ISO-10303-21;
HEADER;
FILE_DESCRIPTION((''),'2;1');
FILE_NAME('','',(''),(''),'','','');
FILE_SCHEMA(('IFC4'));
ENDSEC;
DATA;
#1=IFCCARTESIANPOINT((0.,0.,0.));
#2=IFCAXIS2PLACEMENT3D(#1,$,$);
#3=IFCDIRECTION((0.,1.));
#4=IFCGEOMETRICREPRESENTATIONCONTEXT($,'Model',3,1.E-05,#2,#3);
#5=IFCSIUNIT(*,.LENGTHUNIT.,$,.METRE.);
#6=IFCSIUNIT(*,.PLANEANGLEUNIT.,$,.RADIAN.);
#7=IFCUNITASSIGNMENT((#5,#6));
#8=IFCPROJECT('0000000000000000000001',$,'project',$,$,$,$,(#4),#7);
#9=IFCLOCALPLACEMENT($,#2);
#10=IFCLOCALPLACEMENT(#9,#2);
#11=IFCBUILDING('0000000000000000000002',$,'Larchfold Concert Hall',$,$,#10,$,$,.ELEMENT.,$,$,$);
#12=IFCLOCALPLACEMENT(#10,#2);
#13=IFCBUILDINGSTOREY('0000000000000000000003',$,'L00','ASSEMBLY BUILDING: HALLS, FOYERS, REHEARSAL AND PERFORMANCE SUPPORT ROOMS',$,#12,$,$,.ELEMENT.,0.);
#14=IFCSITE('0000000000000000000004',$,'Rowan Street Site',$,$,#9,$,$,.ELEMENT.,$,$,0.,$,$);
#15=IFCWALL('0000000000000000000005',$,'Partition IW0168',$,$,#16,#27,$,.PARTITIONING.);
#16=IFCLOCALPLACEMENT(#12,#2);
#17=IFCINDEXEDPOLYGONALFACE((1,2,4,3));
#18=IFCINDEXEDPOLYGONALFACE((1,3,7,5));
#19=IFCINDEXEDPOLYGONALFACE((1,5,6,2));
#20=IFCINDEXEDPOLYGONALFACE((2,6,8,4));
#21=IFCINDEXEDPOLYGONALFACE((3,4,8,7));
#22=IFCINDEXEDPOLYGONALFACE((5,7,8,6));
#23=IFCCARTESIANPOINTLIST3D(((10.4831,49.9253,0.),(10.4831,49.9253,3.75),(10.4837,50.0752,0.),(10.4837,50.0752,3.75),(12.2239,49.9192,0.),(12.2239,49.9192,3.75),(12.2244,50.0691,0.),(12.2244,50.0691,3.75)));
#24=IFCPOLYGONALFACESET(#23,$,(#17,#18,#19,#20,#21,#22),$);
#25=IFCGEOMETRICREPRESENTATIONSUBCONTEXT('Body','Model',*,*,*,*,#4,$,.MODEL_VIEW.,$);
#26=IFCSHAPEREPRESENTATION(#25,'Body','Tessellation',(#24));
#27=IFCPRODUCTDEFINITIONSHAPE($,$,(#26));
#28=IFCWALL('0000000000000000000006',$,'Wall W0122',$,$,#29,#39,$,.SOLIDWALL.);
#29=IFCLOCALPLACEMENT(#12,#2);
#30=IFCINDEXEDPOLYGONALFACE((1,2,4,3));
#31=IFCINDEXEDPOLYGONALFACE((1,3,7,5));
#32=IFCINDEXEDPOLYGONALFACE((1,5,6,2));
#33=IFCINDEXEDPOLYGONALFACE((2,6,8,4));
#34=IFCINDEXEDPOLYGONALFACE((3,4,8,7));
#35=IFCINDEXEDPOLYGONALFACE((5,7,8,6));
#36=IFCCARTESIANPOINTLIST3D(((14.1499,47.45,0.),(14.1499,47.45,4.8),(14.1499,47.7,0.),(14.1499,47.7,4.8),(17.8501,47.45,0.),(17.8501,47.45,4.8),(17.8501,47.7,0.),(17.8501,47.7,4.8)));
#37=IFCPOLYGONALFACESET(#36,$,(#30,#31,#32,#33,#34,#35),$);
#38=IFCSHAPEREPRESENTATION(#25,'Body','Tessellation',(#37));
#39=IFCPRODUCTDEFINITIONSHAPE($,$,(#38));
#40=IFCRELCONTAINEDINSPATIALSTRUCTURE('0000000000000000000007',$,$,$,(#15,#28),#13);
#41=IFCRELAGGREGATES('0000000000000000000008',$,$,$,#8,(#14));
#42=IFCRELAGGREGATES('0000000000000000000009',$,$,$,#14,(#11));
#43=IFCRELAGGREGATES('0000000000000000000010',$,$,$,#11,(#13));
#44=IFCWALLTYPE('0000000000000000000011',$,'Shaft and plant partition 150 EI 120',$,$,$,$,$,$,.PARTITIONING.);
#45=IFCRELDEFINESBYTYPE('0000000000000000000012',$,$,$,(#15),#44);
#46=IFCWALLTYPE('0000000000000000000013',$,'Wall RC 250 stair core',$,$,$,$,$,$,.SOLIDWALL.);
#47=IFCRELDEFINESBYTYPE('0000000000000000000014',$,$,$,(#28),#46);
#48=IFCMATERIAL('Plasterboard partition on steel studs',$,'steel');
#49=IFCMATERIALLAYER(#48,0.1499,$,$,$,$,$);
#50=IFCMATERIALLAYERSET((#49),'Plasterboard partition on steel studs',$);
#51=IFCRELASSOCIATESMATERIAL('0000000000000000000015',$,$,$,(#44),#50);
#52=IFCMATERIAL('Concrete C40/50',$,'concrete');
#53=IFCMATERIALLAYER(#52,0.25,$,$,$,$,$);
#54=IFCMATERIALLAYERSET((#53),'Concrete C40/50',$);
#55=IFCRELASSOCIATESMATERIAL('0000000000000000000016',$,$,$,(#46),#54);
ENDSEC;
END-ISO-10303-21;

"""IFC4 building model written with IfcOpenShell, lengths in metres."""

from ifc_helpers import new_model, si_unit, direction, frame, frame_2d, origin, place, context, subcontext, project, spatial, rectangle, extrude, material, layer, layer_set, type_object, element, save


model = new_model("IFC4")

# Units and contexts
model_context = context("Model", 3, precision=1e-05, world=origin(), true_north=direction((0.0, 1.0)))
body_context = subcontext(model_context, "Body", "Model", "MODEL_VIEW")
ifc_project = project(units=[si_unit("LENGTHUNIT", "METRE"), si_unit("PLANEANGLEUNIT", "RADIAN")], contexts=[model_context])

# Site, building, storey
site_placement = place(None, origin())
site = spatial("IfcSite", under=ifc_project, at=site_placement, Name="Rowan Street Site", CompositionType="ELEMENT", RefElevation=0.0)
building_placement = place(site_placement, origin())
building = spatial("IfcBuilding", under=site, at=building_placement, Name="Larchfold Concert Hall", CompositionType="ELEMENT")
storey_placement = place(building_placement, origin())
storey = spatial("IfcBuildingStorey", under=building, at=storey_placement, Name="L00", Description="ASSEMBLY BUILDING: HALLS, FOYERS, REHEARSAL AND PERFORMANCE SUPPORT ROOMS", CompositionType="ELEMENT", Elevation=0.0)

# Walls
ifc_material_1 = material(Name="Plasterboard partition on steel studs", Category="steel")
ifc_layer_1 = layer(ifc_material_1, 0.1499)
ifc_layer_set_1 = layer_set([ifc_layer_1], Name="Plasterboard partition on steel studs")
wall_type_1 = type_object("IfcWallType", Name="Shaft and plant partition 150 EI 120", PredefinedType="PARTITIONING", material=ifc_layer_set_1)
wall_1_placement = place(storey_placement, frame((12.2241, 49.9941, 0.0), z_axis=(0.0, 0.0, 1.0), x_axis=(-0.999994, 0.003506, 0.0)))
element("IfcWall", 1, at=wall_1_placement, inside=storey, type_object=wall_type_1, Name="Partition IW0168", PredefinedType="PARTITIONING", context=body_context, shape_type="SweptSolid", body=[
    extrude(rectangle(XDim=1.7407, YDim=0.1499, at=frame_2d((0.8704, 0.0))), origin(), (0.0, 0.0, 1.0), 3.75),
])
ifc_material_2 = material(Name="Concrete C40/50", Category="concrete")
ifc_layer_2 = layer(ifc_material_2, 0.25)
ifc_layer_set_2 = layer_set([ifc_layer_2], Name="Concrete C40/50")
wall_type_2 = type_object("IfcWallType", Name="Wall RC 250 stair core", PredefinedType="SOLIDWALL", material=ifc_layer_set_2)
wall_2_placement = place(storey_placement, frame((14.1499, 47.575, 0.0), z_axis=(0.0, 0.0, 1.0), x_axis=(1.0, 0.0, 0.0)))
element("IfcWall", 2, at=wall_2_placement, inside=storey, type_object=wall_type_2, Name="Wall W0122", PredefinedType="SOLIDWALL", context=body_context, shape_type="SweptSolid", body=[
    extrude(rectangle(XDim=3.7002, YDim=0.25, at=frame_2d((1.8501, 0.0))), origin(), (0.0, 0.0, 1.0), 4.8),
])

save(model, "model.ifc")
